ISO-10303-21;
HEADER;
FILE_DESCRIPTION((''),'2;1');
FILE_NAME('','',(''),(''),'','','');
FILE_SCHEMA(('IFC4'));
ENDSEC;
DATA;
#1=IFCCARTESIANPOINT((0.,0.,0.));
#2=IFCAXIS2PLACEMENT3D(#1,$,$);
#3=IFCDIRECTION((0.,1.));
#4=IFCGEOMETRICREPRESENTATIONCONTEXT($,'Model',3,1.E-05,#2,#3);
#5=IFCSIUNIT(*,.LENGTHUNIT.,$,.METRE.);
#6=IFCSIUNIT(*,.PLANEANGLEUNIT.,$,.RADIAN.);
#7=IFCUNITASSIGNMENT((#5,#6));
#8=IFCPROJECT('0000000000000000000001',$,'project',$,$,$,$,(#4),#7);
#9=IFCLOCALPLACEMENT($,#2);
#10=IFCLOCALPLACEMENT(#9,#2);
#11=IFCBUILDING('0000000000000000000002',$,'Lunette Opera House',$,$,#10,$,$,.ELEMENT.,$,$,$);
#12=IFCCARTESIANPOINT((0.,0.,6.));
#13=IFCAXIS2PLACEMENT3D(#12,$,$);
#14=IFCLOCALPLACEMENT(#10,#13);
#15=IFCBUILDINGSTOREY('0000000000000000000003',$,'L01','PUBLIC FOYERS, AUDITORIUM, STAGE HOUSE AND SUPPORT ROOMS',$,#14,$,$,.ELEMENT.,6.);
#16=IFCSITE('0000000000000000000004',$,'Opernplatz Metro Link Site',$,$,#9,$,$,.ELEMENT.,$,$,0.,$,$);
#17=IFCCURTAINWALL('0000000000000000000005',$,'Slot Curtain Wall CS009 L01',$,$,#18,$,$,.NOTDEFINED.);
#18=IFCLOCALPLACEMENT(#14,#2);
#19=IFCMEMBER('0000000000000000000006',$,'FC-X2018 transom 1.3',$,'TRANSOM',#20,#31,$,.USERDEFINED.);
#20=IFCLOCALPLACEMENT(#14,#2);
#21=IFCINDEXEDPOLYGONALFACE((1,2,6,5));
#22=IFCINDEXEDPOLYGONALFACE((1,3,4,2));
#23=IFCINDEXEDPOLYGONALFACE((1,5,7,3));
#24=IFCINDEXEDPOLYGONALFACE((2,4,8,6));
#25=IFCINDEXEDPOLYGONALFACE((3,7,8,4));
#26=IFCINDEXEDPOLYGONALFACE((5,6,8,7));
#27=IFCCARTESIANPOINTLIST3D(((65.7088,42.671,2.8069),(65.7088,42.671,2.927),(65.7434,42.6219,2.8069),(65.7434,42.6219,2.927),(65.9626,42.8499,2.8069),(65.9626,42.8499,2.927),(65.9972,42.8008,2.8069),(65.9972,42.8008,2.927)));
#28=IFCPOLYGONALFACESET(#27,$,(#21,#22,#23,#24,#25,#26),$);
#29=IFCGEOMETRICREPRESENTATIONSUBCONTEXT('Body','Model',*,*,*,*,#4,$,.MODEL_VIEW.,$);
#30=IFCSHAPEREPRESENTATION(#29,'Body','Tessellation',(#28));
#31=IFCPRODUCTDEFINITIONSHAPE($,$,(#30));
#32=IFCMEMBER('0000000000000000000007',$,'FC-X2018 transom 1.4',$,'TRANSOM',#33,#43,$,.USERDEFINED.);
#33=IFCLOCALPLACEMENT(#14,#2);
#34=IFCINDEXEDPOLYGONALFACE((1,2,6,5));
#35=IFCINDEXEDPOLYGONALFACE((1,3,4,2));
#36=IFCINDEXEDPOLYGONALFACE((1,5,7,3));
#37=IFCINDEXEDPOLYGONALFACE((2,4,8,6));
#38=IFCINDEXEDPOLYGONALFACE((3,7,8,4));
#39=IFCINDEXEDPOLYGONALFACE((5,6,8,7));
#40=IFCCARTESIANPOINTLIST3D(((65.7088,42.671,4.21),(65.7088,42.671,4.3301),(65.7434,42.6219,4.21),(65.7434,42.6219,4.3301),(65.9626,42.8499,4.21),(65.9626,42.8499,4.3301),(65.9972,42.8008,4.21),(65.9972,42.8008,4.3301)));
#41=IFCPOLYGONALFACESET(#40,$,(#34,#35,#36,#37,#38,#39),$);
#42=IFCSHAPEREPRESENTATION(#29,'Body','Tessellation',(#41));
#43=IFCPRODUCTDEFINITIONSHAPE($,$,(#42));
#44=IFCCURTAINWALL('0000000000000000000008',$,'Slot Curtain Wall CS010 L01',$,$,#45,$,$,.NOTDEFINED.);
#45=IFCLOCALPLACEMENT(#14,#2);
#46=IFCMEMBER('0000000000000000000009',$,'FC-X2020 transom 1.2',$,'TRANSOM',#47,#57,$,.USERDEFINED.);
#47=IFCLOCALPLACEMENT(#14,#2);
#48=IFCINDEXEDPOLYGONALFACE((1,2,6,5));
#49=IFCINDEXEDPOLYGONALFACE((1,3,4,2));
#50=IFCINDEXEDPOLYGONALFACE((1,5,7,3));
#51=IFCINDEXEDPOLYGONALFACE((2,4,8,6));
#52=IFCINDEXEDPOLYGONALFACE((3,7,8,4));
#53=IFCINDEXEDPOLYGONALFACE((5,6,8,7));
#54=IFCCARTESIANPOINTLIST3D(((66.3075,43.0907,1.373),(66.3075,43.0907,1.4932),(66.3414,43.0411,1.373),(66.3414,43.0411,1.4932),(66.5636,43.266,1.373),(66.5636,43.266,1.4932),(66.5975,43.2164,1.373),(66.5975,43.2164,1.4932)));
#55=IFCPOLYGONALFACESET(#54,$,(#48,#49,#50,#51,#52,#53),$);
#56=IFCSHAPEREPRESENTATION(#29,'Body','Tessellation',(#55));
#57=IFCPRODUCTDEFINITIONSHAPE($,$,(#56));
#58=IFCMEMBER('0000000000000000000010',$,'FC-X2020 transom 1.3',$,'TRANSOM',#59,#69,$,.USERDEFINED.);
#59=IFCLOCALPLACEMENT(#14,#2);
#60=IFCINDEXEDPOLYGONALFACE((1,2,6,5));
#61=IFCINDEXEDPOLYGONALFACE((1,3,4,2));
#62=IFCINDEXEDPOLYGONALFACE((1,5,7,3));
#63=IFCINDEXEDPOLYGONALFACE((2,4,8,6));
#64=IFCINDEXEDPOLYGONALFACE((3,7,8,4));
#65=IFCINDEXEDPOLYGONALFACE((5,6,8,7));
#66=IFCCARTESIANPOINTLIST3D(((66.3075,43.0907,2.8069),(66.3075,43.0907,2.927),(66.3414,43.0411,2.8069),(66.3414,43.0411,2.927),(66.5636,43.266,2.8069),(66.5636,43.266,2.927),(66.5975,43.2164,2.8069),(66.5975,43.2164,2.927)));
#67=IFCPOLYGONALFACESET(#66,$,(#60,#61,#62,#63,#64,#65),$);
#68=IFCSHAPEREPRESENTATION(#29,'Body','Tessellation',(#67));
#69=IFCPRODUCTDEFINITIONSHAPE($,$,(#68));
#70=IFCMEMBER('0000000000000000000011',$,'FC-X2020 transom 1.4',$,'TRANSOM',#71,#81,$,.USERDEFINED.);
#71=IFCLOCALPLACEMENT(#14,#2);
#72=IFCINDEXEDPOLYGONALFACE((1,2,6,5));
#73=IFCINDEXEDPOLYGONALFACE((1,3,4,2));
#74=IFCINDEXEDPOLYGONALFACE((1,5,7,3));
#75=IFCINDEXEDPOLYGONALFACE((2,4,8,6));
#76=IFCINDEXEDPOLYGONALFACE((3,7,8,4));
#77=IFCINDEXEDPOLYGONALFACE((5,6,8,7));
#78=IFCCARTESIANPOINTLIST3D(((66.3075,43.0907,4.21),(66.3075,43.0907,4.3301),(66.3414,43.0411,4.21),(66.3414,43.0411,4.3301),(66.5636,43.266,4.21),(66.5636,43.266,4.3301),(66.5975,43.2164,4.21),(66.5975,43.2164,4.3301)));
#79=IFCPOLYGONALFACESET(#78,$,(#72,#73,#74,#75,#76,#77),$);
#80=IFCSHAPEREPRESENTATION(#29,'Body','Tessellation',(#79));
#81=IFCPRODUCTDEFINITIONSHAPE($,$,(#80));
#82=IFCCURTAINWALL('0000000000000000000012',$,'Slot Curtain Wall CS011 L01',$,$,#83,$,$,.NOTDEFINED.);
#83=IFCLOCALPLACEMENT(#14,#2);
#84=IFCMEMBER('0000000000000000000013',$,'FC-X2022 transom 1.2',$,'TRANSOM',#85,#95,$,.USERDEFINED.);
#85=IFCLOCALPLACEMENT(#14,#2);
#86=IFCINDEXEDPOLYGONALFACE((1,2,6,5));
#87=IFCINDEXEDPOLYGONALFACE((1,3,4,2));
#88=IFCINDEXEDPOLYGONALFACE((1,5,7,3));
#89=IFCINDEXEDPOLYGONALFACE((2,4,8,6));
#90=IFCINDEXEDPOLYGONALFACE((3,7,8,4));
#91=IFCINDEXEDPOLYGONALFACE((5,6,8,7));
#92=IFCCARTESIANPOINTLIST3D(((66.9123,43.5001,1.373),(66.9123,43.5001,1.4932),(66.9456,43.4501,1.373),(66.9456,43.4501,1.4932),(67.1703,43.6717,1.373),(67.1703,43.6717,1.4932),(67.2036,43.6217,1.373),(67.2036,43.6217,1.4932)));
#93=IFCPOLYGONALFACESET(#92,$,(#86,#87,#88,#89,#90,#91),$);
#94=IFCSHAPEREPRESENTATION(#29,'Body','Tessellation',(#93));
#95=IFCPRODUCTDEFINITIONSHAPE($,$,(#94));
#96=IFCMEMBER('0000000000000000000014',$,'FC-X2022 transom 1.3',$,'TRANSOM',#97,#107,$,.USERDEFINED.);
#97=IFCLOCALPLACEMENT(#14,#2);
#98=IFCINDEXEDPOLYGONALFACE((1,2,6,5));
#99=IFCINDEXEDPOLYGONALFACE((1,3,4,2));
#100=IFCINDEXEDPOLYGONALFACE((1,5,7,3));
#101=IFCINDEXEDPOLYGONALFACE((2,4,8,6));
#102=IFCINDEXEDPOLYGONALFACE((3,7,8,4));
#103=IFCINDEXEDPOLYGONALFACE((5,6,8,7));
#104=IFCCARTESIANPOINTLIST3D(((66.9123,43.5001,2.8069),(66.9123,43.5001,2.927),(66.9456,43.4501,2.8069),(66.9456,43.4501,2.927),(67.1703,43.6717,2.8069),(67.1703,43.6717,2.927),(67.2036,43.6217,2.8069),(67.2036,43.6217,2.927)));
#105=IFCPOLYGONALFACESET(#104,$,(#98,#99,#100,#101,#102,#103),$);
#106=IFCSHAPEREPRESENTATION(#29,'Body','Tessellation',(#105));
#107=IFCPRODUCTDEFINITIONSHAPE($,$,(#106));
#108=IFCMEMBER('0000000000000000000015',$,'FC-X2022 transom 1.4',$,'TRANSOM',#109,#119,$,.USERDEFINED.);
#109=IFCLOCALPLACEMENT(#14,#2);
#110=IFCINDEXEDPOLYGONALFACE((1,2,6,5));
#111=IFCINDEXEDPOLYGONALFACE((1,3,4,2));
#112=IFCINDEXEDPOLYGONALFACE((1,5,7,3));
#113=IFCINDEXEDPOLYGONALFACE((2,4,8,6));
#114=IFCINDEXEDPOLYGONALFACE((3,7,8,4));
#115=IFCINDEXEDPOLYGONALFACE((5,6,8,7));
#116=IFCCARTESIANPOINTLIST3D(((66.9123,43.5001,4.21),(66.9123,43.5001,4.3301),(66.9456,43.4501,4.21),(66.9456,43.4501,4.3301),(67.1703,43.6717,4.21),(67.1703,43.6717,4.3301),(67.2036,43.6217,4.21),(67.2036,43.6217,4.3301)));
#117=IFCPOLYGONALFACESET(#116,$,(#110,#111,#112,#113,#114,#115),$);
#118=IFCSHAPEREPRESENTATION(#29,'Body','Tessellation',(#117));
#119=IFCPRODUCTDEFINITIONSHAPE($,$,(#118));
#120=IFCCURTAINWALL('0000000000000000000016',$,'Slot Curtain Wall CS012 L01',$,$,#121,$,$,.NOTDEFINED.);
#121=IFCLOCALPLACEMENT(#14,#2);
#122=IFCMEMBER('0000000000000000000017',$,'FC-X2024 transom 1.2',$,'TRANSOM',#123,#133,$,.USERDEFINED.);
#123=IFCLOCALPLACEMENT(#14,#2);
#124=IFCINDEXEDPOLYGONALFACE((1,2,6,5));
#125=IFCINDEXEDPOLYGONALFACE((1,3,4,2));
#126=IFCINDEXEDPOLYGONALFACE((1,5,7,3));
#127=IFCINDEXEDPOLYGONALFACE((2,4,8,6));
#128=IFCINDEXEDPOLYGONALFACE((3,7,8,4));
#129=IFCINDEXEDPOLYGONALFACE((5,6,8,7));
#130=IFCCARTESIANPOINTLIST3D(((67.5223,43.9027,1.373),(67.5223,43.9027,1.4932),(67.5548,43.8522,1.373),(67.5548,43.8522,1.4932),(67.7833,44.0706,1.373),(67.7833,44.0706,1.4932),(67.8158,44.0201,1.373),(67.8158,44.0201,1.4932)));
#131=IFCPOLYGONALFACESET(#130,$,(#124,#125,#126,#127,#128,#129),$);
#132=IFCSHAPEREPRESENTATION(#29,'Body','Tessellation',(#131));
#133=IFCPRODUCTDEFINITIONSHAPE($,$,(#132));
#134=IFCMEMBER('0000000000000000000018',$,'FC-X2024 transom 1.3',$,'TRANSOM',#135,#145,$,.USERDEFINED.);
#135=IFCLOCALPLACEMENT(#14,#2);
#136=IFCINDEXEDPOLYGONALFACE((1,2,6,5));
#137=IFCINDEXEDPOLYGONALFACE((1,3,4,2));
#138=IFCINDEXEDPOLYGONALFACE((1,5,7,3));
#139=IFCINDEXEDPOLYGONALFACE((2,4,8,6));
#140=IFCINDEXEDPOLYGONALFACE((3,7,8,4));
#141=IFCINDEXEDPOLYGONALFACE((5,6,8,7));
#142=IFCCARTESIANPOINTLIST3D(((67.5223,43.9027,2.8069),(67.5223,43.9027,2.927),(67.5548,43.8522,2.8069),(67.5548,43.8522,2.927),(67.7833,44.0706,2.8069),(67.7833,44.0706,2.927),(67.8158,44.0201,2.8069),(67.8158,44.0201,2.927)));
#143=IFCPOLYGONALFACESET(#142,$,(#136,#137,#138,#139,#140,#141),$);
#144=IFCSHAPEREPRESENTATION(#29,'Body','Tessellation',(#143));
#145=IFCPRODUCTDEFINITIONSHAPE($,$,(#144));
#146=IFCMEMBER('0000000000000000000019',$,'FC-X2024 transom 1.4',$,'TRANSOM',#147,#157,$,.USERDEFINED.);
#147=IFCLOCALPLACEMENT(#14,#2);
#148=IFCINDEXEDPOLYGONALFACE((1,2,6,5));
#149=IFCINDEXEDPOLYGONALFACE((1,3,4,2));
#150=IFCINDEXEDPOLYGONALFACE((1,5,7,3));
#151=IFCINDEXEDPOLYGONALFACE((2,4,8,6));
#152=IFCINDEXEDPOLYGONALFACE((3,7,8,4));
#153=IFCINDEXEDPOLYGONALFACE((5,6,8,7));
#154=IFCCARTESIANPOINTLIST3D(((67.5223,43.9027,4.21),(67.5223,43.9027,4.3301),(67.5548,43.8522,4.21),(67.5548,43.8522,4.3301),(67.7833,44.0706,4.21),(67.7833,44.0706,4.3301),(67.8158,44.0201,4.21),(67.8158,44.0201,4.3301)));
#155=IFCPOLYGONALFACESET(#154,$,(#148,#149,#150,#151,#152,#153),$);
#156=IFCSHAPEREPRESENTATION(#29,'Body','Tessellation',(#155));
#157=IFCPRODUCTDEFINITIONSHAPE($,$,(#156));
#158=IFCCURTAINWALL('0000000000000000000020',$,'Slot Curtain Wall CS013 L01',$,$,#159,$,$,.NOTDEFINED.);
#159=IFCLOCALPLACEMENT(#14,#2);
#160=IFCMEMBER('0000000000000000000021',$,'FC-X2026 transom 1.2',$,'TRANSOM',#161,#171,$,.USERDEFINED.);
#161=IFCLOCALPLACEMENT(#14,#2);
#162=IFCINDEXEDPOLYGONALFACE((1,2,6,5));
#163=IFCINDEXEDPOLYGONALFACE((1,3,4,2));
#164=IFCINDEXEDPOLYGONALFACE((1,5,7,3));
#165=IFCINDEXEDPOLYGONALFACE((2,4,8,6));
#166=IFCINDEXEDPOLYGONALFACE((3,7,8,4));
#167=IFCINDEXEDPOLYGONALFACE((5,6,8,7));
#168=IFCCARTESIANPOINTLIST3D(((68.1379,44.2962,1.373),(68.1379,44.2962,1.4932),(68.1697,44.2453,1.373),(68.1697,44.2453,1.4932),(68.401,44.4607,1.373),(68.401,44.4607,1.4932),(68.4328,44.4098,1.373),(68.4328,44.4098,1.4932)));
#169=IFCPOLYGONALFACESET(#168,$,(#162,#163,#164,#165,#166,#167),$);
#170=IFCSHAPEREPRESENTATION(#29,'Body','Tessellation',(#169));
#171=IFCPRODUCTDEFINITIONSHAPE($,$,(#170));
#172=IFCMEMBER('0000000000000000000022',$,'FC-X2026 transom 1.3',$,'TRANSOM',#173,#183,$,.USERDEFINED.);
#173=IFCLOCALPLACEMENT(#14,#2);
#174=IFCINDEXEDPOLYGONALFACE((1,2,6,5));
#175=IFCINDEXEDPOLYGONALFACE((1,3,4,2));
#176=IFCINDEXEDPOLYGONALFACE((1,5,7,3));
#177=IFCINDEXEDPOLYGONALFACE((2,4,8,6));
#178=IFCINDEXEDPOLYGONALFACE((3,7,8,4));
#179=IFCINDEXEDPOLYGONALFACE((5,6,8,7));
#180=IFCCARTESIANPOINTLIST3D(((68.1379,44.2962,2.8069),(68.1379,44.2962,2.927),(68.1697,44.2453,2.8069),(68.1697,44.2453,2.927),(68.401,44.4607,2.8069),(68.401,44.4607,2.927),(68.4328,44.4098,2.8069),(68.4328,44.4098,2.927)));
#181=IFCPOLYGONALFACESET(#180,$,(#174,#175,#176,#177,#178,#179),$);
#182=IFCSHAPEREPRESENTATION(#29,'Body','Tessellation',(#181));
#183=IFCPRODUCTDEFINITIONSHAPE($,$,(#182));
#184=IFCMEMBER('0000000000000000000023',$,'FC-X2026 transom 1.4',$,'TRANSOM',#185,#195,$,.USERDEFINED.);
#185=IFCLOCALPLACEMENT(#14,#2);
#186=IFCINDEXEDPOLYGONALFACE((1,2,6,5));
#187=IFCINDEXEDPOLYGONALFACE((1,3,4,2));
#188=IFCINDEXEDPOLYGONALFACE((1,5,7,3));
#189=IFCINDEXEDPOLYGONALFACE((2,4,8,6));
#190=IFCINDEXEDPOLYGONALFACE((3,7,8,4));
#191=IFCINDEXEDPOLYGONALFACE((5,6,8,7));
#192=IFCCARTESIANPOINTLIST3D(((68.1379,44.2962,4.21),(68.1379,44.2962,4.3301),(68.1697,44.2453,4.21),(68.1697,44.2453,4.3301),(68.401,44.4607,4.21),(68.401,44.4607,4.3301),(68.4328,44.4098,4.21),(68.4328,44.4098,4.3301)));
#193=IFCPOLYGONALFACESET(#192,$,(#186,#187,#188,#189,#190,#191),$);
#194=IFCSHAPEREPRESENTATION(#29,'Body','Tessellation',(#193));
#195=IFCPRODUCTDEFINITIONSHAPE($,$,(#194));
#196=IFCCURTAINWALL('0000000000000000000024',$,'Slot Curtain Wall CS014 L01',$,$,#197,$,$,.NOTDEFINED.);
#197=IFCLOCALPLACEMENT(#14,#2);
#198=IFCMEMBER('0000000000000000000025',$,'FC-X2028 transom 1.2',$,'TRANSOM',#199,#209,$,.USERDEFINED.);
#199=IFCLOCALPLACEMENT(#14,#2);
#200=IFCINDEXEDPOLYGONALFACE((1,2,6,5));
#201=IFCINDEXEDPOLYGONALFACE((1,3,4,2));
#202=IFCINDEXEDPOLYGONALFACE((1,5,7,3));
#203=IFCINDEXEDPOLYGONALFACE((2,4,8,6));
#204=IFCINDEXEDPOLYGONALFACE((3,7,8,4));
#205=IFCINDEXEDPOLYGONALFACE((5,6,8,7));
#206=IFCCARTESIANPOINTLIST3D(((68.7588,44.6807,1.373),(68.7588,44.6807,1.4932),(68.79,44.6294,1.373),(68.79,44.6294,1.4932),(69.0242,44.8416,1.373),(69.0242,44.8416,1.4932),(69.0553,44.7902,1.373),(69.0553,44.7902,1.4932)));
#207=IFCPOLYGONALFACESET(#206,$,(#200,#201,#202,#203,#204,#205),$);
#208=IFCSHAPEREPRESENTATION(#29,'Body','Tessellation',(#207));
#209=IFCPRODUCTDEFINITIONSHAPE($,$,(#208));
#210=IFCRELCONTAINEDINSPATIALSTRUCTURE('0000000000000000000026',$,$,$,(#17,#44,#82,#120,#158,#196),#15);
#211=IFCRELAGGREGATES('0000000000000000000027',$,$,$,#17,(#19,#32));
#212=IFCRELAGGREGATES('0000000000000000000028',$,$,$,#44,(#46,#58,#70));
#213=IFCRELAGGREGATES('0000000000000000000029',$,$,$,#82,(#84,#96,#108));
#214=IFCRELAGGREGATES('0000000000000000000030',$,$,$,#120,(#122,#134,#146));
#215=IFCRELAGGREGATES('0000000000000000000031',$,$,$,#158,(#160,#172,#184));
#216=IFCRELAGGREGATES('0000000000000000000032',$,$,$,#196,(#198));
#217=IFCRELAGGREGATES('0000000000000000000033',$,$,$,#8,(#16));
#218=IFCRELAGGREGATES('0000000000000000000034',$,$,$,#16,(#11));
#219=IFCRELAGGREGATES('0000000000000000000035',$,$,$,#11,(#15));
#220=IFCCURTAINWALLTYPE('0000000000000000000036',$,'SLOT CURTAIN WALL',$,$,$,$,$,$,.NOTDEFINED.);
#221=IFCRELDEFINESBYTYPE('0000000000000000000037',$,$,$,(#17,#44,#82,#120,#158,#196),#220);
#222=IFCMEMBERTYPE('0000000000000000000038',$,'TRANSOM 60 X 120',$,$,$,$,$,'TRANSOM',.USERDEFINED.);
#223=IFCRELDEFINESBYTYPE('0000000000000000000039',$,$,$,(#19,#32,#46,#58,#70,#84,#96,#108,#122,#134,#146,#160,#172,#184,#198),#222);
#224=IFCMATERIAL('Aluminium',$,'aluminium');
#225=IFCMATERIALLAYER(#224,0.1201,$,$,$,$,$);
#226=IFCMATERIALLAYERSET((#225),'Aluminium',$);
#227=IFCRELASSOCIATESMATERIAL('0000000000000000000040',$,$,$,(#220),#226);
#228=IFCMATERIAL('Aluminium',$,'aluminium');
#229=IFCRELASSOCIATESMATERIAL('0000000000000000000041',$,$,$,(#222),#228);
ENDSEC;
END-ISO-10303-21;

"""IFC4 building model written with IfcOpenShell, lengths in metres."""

from ifc_helpers import new_model, si_unit, direction, frame, origin, origin_2d, place, context, subcontext, project, spatial, rectangle, extrude, material, layer, layer_set, material_profile, profile_set, type_object, element, aggregate, save


model = new_model("IFC4")

# Units and contexts
model_context = context("Model", 3, precision=1e-05, world=origin(), true_north=direction((0.0, 1.0)))
body_context = subcontext(model_context, "Body", "Model", "MODEL_VIEW")
ifc_project = project(units=[si_unit("LENGTHUNIT", "METRE"), si_unit("PLANEANGLEUNIT", "RADIAN")], contexts=[model_context])

# Site, building, storey
site_placement = place(None, origin())
site = spatial("IfcSite", under=ifc_project, at=site_placement, Name="Opernplatz Metro Link Site", CompositionType="ELEMENT", RefElevation=0.0)
building_placement = place(site_placement, origin())
building = spatial("IfcBuilding", under=site, at=building_placement, Name="Lunette Opera House", CompositionType="ELEMENT")
storey_placement = place(building_placement, frame((0.0, 0.0, 6.0)))
storey = spatial("IfcBuildingStorey", under=building, at=storey_placement, Name="L01", Description="PUBLIC FOYERS, AUDITORIUM, STAGE HOUSE AND SUPPORT ROOMS", CompositionType="ELEMENT", Elevation=6.0)

# Curtain walls, members
ifc_material_1 = material(Name="Aluminium", Category="aluminium")
ifc_layer_1 = layer(ifc_material_1, 0.1201)
ifc_layer_set_1 = layer_set([ifc_layer_1], Name="Aluminium")
curtain_wall_type = type_object("IfcCurtainWallType", Name="SLOT CURTAIN WALL", PredefinedType="NOTDEFINED", material=ifc_layer_set_1)
curtain_wall_1_placement = place(storey_placement, origin())
curtain_wall_1 = element("IfcCurtainWall", 1, at=curtain_wall_1_placement, inside=storey, type_object=curtain_wall_type, Name="Slot Curtain Wall CS009 L01", PredefinedType="NOTDEFINED")
ifc_material_2 = material(Name="Aluminium", Category="aluminium")
ifc_material_profile = material_profile(ifc_material_2, rectangle(XDim=0.0601, YDim=0.1201, at=origin_2d()), Name="TRANSOM 60 X 120")
ifc_profile_set = profile_set([ifc_material_profile], Name="Aluminium")
member_type = type_object("IfcMemberType", Name="TRANSOM 60 X 120", ElementType="TRANSOM", PredefinedType="USERDEFINED", material=ifc_profile_set)
member_1_placement = place(storey_placement, frame((65.7261, 42.6465, 2.8669), z_axis=(0.817381, 0.576097, 0.0), x_axis=(-0.576097, 0.817381, 0.0)))
member_1 = element("IfcMember", 2, at=member_1_placement, type_object=member_type, Name="FC-X2018 transom 1.3", ObjectType="TRANSOM", PredefinedType="USERDEFINED", context=body_context, shape_type="SweptSolid", body=[
    extrude(rectangle(XDim=0.0601, YDim=0.1201, at=origin_2d()), origin(), (0.0, 0.0, 1.0), 0.3105),
])
member_2_placement = place(storey_placement, frame((65.7261, 42.6465, 4.27), z_axis=(0.817381, 0.576097, 0.0), x_axis=(-0.576097, 0.817381, 0.0)))
member_2 = element("IfcMember", 3, at=member_2_placement, type_object=member_type, Name="FC-X2018 transom 1.4", ObjectType="TRANSOM", PredefinedType="USERDEFINED", context=body_context, shape_type="SweptSolid", body=[
    extrude(rectangle(XDim=0.0601, YDim=0.1201, at=origin_2d()), origin(), (0.0, 0.0, 1.0), 0.3105),
])
curtain_wall_2_placement = place(storey_placement, origin())
curtain_wall_2 = element("IfcCurtainWall", 4, at=curtain_wall_2_placement, inside=storey, type_object=curtain_wall_type, Name="Slot Curtain Wall CS010 L01", PredefinedType="NOTDEFINED")
member_3_placement = place(storey_placement, frame((66.3245, 43.0659, 1.4331), z_axis=(0.825211, 0.564825, 0.0), x_axis=(-0.564825, 0.825211, 0.0)))
member_3 = element("IfcMember", 5, at=member_3_placement, type_object=member_type, Name="FC-X2020 transom 1.2", ObjectType="TRANSOM", PredefinedType="USERDEFINED", context=body_context, shape_type="SweptSolid", body=[
    extrude(rectangle(XDim=0.0601, YDim=0.1201, at=origin_2d()), origin(), (0.0, 0.0, 1.0), 0.3103),
])
member_4_placement = place(storey_placement, frame((66.3245, 43.0659, 2.8669), z_axis=(0.825211, 0.564825, 0.0), x_axis=(-0.564825, 0.825211, 0.0)))
member_4 = element("IfcMember", 6, at=member_4_placement, type_object=member_type, Name="FC-X2020 transom 1.3", ObjectType="TRANSOM", PredefinedType="USERDEFINED", context=body_context, shape_type="SweptSolid", body=[
    extrude(rectangle(XDim=0.0601, YDim=0.1201, at=origin_2d()), origin(), (0.0, 0.0, 1.0), 0.3103),
])
member_5_placement = place(storey_placement, frame((66.3245, 43.0659, 4.27), z_axis=(0.825211, 0.564825, 0.0), x_axis=(-0.564825, 0.825211, 0.0)))
member_5 = element("IfcMember", 7, at=member_5_placement, type_object=member_type, Name="FC-X2020 transom 1.4", ObjectType="TRANSOM", PredefinedType="USERDEFINED", context=body_context, shape_type="SweptSolid", body=[
    extrude(rectangle(XDim=0.0601, YDim=0.1201, at=origin_2d()), origin(), (0.0, 0.0, 1.0), 0.3103),
])
curtain_wall_3_placement = place(storey_placement, origin())
curtain_wall_3 = element("IfcCurtainWall", 8, at=curtain_wall_3_placement, inside=storey, type_object=curtain_wall_type, Name="Slot Curtain Wall CS011 L01", PredefinedType="NOTDEFINED")
member_6_placement = place(storey_placement, frame((66.929, 43.4751, 1.4331), z_axis=(0.832656, 0.553791, 0.0), x_axis=(-0.553791, 0.832656, 0.0)))
member_6 = element("IfcMember", 9, at=member_6_placement, type_object=member_type, Name="FC-X2022 transom 1.2", ObjectType="TRANSOM", PredefinedType="USERDEFINED", context=body_context, shape_type="SweptSolid", body=[
    extrude(rectangle(XDim=0.0601, YDim=0.1201, at=origin_2d()), origin(), (0.0, 0.0, 1.0), 0.3098),
])
member_7_placement = place(storey_placement, frame((66.929, 43.4751, 2.8669), z_axis=(0.832656, 0.553791, 0.0), x_axis=(-0.553791, 0.832656, 0.0)))
member_7 = element("IfcMember", 10, at=member_7_placement, type_object=member_type, Name="FC-X2022 transom 1.3", ObjectType="TRANSOM", PredefinedType="USERDEFINED", context=body_context, shape_type="SweptSolid", body=[
    extrude(rectangle(XDim=0.0601, YDim=0.1201, at=origin_2d()), origin(), (0.0, 0.0, 1.0), 0.3098),
])
member_8_placement = place(storey_placement, frame((66.929, 43.4751, 4.27), z_axis=(0.832656, 0.553791, 0.0), x_axis=(-0.553791, 0.832656, 0.0)))
member_8 = element("IfcMember", 11, at=member_8_placement, type_object=member_type, Name="FC-X2022 transom 1.4", ObjectType="TRANSOM", PredefinedType="USERDEFINED", context=body_context, shape_type="SweptSolid", body=[
    extrude(rectangle(XDim=0.0601, YDim=0.1201, at=origin_2d()), origin(), (0.0, 0.0, 1.0), 0.3098),
])
curtain_wall_4_placement = place(storey_placement, origin())
curtain_wall_4 = element("IfcCurtainWall", 12, at=curtain_wall_4_placement, inside=storey, type_object=curtain_wall_type, Name="Slot Curtain Wall CS012 L01", PredefinedType="NOTDEFINED")
member_9_placement = place(storey_placement, frame((67.5386, 43.8774, 1.4331), z_axis=(0.840897, 0.541195, 0.0), x_axis=(-0.541195, 0.840897, 0.0)))
member_9 = element("IfcMember", 13, at=member_9_placement, type_object=member_type, Name="FC-X2024 transom 1.2", ObjectType="TRANSOM", PredefinedType="USERDEFINED", context=body_context, shape_type="SweptSolid", body=[
    extrude(rectangle(XDim=0.0601, YDim=0.1201, at=origin_2d()), origin(), (0.0, 0.0, 1.0), 0.3103),
])
member_10_placement = place(storey_placement, frame((67.5386, 43.8774, 2.8669), z_axis=(0.840897, 0.541195, 0.0), x_axis=(-0.541195, 0.840897, 0.0)))
member_10 = element("IfcMember", 14, at=member_10_placement, type_object=member_type, Name="FC-X2024 transom 1.3", ObjectType="TRANSOM", PredefinedType="USERDEFINED", context=body_context, shape_type="SweptSolid", body=[
    extrude(rectangle(XDim=0.0601, YDim=0.1201, at=origin_2d()), origin(), (0.0, 0.0, 1.0), 0.3103),
])
member_11_placement = place(storey_placement, frame((67.5386, 43.8774, 4.27), z_axis=(0.840897, 0.541195, 0.0), x_axis=(-0.541195, 0.840897, 0.0)))
member_11 = element("IfcMember", 15, at=member_11_placement, type_object=member_type, Name="FC-X2024 transom 1.4", ObjectType="TRANSOM", PredefinedType="USERDEFINED", context=body_context, shape_type="SweptSolid", body=[
    extrude(rectangle(XDim=0.0601, YDim=0.1201, at=origin_2d()), origin(), (0.0, 0.0, 1.0), 0.3103),
])
curtain_wall_5_placement = place(storey_placement, origin())
curtain_wall_5 = element("IfcCurtainWall", 16, at=curtain_wall_5_placement, inside=storey, type_object=curtain_wall_type, Name="Slot Curtain Wall CS013 L01", PredefinedType="NOTDEFINED")
member_12_placement = place(storey_placement, frame((68.1538, 44.2708, 1.4331), z_axis=(0.84791, 0.53014, 0.0), x_axis=(-0.53014, 0.84791, 0.0)))
member_12 = element("IfcMember", 17, at=member_12_placement, type_object=member_type, Name="FC-X2026 transom 1.2", ObjectType="TRANSOM", PredefinedType="USERDEFINED", context=body_context, shape_type="SweptSolid", body=[
    extrude(rectangle(XDim=0.0601, YDim=0.1201, at=origin_2d()), origin(), (0.0, 0.0, 1.0), 0.3103),
])
member_13_placement = place(storey_placement, frame((68.1538, 44.2708, 2.8669), z_axis=(0.84791, 0.53014, 0.0), x_axis=(-0.53014, 0.84791, 0.0)))
member_13 = element("IfcMember", 18, at=member_13_placement, type_object=member_type, Name="FC-X2026 transom 1.3", ObjectType="TRANSOM", PredefinedType="USERDEFINED", context=body_context, shape_type="SweptSolid", body=[
    extrude(rectangle(XDim=0.0601, YDim=0.1201, at=origin_2d()), origin(), (0.0, 0.0, 1.0), 0.3103),
])
member_14_placement = place(storey_placement, frame((68.1538, 44.2708, 4.27), z_axis=(0.84791, 0.53014, 0.0), x_axis=(-0.53014, 0.84791, 0.0)))
member_14 = element("IfcMember", 19, at=member_14_placement, type_object=member_type, Name="FC-X2026 transom 1.4", ObjectType="TRANSOM", PredefinedType="USERDEFINED", context=body_context, shape_type="SweptSolid", body=[
    extrude(rectangle(XDim=0.0601, YDim=0.1201, at=origin_2d()), origin(), (0.0, 0.0, 1.0), 0.3103),
])
curtain_wall_6_placement = place(storey_placement, origin())
curtain_wall_6 = element("IfcCurtainWall", 20, at=curtain_wall_6_placement, inside=storey, type_object=curtain_wall_type, Name="Slot Curtain Wall CS014 L01", PredefinedType="NOTDEFINED")
member_15_placement = place(storey_placement, frame((68.7744, 44.655, 1.4331), z_axis=(0.855124, 0.518424, 0.0), x_axis=(-0.518424, 0.855124, 0.0)))
member_15 = element("IfcMember", 21, at=member_15_placement, type_object=member_type, Name="FC-X2028 transom 1.2", ObjectType="TRANSOM", PredefinedType="USERDEFINED", context=body_context, shape_type="SweptSolid", body=[
    extrude(rectangle(XDim=0.0601, YDim=0.1201, at=origin_2d()), origin(), (0.0, 0.0, 1.0), 0.3103),
])

aggregate(curtain_wall_1, [member_1, member_2])
aggregate(curtain_wall_2, [member_3, member_4, member_5])
aggregate(curtain_wall_3, [member_6, member_7, member_8])
aggregate(curtain_wall_4, [member_9, member_10, member_11])
aggregate(curtain_wall_5, [member_12, member_13, member_14])
aggregate(curtain_wall_6, [member_15])

save(model, "model.ifc")
